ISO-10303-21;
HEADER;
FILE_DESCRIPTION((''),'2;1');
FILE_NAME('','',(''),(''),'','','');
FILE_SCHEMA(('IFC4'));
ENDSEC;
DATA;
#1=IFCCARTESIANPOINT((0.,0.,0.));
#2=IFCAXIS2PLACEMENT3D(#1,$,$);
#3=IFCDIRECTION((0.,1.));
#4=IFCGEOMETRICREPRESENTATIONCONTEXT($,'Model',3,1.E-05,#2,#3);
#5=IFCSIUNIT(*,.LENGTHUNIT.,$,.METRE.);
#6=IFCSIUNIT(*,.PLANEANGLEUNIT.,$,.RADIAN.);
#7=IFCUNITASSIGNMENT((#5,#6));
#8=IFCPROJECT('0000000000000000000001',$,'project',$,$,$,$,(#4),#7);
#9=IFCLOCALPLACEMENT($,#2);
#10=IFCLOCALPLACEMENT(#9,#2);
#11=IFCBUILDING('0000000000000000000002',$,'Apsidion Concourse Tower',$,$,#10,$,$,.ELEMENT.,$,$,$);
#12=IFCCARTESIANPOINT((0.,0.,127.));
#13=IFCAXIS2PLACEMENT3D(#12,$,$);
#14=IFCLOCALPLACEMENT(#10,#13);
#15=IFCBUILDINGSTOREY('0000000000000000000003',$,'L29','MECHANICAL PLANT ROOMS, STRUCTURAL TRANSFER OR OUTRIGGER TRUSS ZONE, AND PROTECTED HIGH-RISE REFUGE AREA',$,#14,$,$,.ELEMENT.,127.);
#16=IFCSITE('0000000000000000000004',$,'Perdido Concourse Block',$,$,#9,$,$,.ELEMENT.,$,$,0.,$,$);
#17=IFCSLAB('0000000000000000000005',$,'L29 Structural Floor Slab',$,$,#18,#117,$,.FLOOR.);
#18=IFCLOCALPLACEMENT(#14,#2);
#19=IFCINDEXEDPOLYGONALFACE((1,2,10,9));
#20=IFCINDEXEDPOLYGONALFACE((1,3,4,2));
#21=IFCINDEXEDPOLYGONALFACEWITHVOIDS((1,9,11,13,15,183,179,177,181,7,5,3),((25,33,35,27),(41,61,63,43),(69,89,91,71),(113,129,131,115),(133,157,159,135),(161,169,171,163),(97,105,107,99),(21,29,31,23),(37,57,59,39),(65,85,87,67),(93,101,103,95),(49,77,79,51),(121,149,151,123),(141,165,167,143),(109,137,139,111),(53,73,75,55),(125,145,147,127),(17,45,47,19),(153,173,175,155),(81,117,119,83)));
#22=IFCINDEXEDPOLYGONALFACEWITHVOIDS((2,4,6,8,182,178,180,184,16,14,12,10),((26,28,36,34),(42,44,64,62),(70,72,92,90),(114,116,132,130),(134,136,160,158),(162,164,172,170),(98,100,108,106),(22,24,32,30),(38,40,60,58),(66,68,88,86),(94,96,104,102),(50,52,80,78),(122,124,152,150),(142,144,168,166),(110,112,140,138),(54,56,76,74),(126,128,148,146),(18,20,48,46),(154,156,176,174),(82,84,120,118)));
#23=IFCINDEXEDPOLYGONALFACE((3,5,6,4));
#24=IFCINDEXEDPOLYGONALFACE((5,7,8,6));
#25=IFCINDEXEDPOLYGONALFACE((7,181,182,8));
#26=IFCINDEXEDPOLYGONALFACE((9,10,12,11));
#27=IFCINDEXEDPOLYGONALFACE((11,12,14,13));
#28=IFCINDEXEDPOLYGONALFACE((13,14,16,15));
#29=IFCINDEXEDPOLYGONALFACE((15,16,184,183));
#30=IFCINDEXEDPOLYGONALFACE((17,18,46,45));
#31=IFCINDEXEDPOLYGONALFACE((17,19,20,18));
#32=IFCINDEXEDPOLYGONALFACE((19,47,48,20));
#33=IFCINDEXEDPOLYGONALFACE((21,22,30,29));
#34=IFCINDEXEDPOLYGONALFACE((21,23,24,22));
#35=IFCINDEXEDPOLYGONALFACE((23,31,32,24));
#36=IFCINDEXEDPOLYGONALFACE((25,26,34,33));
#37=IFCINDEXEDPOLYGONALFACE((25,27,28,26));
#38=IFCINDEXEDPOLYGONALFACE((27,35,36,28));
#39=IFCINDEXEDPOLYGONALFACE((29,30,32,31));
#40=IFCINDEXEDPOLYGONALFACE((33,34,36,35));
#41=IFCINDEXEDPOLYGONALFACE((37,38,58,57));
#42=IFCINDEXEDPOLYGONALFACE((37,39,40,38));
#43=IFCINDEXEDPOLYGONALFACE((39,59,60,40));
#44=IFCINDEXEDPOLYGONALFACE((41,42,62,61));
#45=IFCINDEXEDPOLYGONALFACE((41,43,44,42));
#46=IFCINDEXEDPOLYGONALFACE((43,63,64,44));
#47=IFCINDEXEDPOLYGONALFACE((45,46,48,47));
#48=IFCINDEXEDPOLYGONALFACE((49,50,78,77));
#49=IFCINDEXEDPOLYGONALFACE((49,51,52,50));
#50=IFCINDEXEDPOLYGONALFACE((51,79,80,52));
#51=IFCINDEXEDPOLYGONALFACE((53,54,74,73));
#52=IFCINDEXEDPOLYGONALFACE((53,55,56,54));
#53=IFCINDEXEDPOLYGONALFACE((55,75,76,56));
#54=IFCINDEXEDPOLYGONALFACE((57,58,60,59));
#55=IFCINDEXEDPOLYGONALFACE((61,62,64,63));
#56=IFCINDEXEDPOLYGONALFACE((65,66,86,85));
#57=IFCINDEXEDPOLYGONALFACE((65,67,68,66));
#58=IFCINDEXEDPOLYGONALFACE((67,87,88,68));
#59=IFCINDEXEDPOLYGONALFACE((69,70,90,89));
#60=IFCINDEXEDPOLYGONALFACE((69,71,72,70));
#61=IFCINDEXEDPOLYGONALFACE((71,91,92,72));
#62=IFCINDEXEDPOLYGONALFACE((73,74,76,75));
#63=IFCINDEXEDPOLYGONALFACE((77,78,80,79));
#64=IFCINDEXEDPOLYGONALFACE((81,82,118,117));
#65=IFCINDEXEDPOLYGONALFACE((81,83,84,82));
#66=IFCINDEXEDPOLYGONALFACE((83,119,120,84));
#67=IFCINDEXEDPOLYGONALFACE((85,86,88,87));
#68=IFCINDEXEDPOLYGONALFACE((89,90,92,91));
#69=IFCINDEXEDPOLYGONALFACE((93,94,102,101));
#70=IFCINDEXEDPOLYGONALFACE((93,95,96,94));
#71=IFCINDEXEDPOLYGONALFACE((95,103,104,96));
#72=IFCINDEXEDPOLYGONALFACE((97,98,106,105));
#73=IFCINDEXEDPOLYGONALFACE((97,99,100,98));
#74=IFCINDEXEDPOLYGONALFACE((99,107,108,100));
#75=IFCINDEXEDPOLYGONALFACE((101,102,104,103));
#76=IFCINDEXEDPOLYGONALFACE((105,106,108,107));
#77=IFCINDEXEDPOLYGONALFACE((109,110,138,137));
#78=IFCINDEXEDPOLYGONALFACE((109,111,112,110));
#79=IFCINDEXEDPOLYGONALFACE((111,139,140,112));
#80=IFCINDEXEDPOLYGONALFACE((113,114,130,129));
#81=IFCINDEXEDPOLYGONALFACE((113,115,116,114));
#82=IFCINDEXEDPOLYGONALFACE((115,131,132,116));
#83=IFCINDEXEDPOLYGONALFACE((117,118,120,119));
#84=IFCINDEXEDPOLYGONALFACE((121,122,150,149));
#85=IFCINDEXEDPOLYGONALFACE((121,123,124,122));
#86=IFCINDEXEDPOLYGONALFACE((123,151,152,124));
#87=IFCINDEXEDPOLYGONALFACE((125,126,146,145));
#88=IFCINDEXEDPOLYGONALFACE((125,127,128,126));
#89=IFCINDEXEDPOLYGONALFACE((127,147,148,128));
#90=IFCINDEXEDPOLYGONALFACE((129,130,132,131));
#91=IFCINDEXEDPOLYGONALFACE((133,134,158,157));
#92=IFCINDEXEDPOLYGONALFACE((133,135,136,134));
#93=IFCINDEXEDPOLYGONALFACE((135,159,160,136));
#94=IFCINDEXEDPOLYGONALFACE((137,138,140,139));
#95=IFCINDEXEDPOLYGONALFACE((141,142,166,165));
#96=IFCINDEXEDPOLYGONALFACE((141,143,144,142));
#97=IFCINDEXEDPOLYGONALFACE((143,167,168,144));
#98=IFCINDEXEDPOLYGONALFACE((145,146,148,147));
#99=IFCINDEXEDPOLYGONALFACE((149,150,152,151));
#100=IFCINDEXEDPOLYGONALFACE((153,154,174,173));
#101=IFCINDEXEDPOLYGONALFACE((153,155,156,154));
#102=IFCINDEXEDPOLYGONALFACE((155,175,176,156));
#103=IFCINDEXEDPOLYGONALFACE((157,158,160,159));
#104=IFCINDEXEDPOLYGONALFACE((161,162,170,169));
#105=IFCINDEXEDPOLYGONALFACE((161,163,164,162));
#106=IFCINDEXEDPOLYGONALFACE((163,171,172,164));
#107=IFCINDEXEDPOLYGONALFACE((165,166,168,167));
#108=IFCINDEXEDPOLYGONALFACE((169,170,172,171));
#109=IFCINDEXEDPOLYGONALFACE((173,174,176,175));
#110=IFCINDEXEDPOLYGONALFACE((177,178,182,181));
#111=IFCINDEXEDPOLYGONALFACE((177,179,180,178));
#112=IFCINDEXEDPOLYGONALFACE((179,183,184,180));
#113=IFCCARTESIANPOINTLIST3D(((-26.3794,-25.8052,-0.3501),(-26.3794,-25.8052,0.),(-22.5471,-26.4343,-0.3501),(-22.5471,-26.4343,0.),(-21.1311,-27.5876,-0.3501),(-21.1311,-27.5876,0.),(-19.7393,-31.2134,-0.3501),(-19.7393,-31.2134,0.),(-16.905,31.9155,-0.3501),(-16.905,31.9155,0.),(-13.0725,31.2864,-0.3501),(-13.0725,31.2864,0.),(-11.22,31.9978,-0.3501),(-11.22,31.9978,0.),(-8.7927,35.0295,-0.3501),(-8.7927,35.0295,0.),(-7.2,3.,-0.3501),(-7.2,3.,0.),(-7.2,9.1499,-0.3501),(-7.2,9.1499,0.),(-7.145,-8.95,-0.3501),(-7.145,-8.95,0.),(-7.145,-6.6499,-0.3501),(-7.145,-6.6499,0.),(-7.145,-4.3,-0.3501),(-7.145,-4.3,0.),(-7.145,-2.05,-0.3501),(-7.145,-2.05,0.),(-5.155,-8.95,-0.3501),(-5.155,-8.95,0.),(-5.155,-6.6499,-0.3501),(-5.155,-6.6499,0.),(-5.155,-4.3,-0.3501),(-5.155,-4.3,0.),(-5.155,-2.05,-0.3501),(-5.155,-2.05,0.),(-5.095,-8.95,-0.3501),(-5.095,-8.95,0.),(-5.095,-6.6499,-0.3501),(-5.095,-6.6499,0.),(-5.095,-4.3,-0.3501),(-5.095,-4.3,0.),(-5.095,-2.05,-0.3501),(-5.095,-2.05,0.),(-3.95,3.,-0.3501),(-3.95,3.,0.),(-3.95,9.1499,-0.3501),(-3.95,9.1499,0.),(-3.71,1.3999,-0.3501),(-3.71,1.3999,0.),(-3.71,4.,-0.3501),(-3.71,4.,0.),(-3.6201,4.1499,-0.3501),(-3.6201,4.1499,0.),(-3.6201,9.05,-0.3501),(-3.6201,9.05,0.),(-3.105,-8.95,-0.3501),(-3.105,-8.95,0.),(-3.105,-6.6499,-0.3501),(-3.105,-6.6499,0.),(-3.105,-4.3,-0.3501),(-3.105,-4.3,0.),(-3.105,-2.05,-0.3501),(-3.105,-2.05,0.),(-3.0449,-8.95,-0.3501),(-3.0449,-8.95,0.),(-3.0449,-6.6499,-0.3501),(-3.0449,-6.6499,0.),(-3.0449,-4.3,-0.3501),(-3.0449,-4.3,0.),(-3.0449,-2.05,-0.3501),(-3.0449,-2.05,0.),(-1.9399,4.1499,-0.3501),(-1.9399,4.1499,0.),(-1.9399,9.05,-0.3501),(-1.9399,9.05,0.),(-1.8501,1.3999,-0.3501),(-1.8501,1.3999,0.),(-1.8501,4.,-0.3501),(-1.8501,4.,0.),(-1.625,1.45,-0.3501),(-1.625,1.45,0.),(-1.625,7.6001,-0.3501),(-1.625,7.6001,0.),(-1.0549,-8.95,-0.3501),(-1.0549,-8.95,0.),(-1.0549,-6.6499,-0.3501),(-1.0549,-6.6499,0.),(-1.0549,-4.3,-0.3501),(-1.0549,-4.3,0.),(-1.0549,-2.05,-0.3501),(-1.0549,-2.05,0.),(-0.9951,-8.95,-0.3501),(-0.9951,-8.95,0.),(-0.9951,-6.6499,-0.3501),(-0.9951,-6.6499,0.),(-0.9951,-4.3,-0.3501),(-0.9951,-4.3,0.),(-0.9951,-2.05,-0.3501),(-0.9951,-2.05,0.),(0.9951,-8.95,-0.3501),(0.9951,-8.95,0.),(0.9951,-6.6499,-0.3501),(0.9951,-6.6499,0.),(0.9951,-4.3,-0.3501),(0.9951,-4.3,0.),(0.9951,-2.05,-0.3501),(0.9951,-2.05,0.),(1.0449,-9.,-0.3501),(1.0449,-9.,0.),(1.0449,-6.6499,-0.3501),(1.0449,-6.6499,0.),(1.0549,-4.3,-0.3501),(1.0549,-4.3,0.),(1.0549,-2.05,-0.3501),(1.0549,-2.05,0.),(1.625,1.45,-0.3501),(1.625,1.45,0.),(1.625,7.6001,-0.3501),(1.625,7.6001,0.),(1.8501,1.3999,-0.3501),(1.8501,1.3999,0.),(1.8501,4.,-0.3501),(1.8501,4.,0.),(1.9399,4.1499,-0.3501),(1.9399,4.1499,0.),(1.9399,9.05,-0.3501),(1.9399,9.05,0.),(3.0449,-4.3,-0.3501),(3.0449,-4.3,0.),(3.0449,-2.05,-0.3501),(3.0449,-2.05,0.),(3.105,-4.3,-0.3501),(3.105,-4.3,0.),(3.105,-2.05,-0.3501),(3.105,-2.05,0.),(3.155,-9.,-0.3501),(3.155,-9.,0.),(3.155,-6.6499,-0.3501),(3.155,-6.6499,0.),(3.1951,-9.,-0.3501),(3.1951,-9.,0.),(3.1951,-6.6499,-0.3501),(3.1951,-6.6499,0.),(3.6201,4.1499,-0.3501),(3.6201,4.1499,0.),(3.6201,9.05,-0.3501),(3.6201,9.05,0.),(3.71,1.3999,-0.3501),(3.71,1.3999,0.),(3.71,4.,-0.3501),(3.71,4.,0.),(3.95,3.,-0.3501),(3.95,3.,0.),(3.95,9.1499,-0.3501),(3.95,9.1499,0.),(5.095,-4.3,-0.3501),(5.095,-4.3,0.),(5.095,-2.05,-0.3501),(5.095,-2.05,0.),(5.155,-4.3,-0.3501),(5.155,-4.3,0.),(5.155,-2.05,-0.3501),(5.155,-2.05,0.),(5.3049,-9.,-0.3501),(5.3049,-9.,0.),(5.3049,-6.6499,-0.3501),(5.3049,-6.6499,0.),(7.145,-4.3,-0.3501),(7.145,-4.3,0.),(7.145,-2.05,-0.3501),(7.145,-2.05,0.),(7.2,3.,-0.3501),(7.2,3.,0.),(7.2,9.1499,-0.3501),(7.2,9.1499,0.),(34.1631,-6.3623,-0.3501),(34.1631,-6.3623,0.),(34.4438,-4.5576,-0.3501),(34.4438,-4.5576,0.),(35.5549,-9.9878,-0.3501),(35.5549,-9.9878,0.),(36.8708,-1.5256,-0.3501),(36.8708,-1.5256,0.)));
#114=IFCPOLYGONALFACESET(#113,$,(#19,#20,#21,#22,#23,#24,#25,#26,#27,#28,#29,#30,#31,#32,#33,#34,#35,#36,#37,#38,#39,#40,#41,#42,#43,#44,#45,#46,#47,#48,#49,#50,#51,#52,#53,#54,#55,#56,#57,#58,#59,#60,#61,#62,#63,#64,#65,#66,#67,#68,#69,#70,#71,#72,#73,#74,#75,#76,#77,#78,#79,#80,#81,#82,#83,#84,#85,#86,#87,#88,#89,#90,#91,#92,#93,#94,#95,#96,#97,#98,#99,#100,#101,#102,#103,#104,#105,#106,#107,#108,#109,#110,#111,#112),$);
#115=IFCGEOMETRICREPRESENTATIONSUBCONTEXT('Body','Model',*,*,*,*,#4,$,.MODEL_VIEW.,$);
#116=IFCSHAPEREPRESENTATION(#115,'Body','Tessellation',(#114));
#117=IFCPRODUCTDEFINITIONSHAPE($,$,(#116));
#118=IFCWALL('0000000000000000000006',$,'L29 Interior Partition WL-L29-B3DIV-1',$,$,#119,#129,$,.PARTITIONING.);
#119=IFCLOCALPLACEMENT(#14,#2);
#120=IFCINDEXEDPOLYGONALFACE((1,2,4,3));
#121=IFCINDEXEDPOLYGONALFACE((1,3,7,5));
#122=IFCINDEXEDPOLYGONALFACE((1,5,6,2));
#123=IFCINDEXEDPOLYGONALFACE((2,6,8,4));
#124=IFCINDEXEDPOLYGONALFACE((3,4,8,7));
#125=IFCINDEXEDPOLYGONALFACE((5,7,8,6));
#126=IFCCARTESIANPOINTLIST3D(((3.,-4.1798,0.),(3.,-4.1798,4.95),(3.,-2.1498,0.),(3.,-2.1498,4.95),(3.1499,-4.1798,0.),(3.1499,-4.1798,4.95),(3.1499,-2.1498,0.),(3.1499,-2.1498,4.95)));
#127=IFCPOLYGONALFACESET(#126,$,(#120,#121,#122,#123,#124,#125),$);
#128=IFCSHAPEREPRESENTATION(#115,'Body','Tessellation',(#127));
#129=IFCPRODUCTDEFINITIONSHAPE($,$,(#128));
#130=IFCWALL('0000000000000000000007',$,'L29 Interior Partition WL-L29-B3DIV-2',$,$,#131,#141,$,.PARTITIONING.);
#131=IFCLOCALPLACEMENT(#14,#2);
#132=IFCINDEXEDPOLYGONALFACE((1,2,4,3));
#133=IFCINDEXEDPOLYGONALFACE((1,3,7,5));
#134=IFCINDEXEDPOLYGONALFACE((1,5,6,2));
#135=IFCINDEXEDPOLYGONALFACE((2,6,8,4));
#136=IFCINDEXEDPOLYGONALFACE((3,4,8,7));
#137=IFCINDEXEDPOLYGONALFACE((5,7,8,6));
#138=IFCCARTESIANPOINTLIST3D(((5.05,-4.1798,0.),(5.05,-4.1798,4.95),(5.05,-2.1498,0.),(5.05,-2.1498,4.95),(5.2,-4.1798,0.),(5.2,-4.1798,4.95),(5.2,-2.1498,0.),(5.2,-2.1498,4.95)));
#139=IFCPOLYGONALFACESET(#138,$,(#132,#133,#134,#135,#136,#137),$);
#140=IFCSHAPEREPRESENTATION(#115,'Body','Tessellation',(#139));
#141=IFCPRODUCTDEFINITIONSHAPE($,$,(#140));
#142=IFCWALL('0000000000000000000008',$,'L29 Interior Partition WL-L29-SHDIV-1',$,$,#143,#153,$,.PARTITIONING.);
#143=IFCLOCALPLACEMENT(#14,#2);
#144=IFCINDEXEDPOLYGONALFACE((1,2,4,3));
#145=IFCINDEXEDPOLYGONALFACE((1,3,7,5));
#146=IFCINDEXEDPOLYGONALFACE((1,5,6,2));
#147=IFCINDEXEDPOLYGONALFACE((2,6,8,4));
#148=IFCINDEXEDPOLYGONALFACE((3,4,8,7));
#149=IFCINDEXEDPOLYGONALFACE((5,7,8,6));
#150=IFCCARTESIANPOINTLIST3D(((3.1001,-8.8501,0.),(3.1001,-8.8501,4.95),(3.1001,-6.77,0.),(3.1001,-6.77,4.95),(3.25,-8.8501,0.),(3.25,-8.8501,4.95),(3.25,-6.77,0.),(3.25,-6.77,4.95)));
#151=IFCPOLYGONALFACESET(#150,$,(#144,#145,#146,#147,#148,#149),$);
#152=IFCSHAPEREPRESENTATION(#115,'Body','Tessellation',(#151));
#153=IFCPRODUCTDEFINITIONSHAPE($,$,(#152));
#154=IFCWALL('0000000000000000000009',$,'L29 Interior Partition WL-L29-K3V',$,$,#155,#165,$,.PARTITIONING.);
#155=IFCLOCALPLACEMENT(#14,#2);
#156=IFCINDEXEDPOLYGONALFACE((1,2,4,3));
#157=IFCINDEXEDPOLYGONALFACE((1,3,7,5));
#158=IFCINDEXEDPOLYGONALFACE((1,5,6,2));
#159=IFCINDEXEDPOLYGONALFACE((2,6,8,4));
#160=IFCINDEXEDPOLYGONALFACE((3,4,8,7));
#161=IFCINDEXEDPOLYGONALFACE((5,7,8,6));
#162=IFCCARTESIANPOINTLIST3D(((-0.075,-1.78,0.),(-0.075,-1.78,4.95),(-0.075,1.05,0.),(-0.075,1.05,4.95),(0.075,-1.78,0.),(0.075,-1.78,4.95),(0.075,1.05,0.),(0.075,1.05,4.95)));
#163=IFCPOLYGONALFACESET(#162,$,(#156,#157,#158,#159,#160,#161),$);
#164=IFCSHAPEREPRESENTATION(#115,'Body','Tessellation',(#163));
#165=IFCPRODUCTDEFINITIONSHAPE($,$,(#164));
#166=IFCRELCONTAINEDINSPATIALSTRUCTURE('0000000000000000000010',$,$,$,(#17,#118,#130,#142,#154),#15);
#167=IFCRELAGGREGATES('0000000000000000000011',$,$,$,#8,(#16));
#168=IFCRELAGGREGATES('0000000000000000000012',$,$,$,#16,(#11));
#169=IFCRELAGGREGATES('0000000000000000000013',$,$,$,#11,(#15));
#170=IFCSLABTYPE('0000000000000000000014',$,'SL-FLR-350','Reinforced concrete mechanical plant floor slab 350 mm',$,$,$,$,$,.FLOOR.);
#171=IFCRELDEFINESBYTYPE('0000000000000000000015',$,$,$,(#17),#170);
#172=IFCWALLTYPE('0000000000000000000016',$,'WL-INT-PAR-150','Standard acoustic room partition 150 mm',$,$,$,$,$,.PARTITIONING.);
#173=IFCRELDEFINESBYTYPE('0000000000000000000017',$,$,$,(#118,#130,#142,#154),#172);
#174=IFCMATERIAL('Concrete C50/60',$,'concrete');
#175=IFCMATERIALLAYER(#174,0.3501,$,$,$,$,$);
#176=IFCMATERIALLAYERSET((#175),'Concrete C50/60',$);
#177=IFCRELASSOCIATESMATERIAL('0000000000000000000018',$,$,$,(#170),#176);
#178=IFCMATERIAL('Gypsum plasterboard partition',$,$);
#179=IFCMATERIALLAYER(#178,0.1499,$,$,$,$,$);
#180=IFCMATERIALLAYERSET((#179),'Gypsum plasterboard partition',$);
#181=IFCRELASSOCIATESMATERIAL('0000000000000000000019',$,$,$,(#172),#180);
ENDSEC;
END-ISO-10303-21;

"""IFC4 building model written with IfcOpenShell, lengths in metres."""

from ifc_helpers import new_model, si_unit, direction, frame, frame_2d, origin, place, context, subcontext, project, spatial, polyline, rectangle, outline, extrude, material, layer, layer_set, type_object, element, save


model = new_model("IFC4")

# Units and contexts
model_context = context("Model", 3, precision=1e-05, world=origin(), true_north=direction((0.0, 1.0)))
body_context = subcontext(model_context, "Body", "Model", "MODEL_VIEW")
ifc_project = project(units=[si_unit("LENGTHUNIT", "METRE"), si_unit("PLANEANGLEUNIT", "RADIAN")], contexts=[model_context])

# Site, building, storey
site_placement = place(None, origin())
site = spatial("IfcSite", under=ifc_project, at=site_placement, Name="Perdido Concourse Block", CompositionType="ELEMENT", RefElevation=0.0)
building_placement = place(site_placement, origin())
building = spatial("IfcBuilding", under=site, at=building_placement, Name="Apsidion Concourse Tower", CompositionType="ELEMENT")
storey_placement = place(building_placement, frame((0.0, 0.0, 127.0)))
storey = spatial("IfcBuildingStorey", under=building, at=storey_placement, Name="L29", Description="MECHANICAL PLANT ROOMS, STRUCTURAL TRANSFER OR OUTRIGGER TRUSS ZONE, AND PROTECTED HIGH-RISE REFUGE AREA", CompositionType="ELEMENT", Elevation=127.0)

# Shared definitions
ifc_material_1 = material(Name="Concrete C50/60", Category="concrete")

# Slab
ifc_layer_1 = layer(ifc_material_1, 0.3501)
ifc_layer_set_1 = layer_set([ifc_layer_1], Name="Concrete C50/60")
slab_type = type_object("IfcSlabType", Name="SL-FLR-350", Description="Reinforced concrete mechanical plant floor slab 350 mm", PredefinedType="FLOOR", material=ifc_layer_set_1)
slab_placement = place(storey_placement, frame((0.0, 0.0, -0.3501)))
element("IfcSlab", 1, at=slab_placement, inside=storey, type_object=slab_type, Name="L29 Structural Floor Slab", PredefinedType="FLOOR", context=body_context, shape_type="SweptSolid", body=[
    extrude(outline(polyline([(-8.7927, 35.0295), (-11.22, 31.9978), (-13.0725, 31.2864), (-16.905, 31.9155), (-26.3794, -25.8052), (-22.5471, -26.4343), (-21.1311, -27.5876), (-19.7393, -31.2134), (35.5549, -9.9878), (34.1631, -6.3623), (34.4438, -4.5576), (36.8708, -1.5256), (-8.7927, 35.0295)]), holes=[polyline([(-3.95, 3.0), (-3.95, 9.1499), (-7.2, 9.1499), (-7.2, 3.0), (-3.95, 3.0)]), polyline([(7.2, 3.0), (7.2, 9.1499), (3.95, 9.1499), (3.95, 3.0), (7.2, 3.0)]), polyline([(-1.625, 7.6001), (-1.625, 1.45), (1.625, 1.45), (1.625, 7.6001), (-1.625, 7.6001)]), polyline([(-7.145, -4.3), (-5.155, -4.3), (-5.155, -2.05), (-7.145, -2.05), (-7.145, -4.3)]), polyline([(-5.095, -4.3), (-3.105, -4.3), (-3.105, -2.05), (-5.095, -2.05), (-5.095, -4.3)]), polyline([(-3.0449, -4.3), (-1.0549, -4.3), (-1.0549, -2.05), (-3.0449, -2.05), (-3.0449, -4.3)]), polyline([(-0.9951, -4.3), (0.9951, -4.3), (0.9951, -2.05), (-0.9951, -2.05), (-0.9951, -4.3)]), polyline([(1.0549, -4.3), (3.0449, -4.3), (3.0449, -2.05), (1.0549, -2.05), (1.0549, -4.3)]), polyline([(3.105, -4.3), (5.095, -4.3), (5.095, -2.05), (3.105, -2.05), (3.105, -4.3)]), polyline([(5.155, -4.3), (7.145, -4.3), (7.145, -2.05), (5.155, -2.05), (5.155, -4.3)]), polyline([(-7.145, -8.95), (-5.155, -8.95), (-5.155, -6.6499), (-7.145, -6.6499), (-7.145, -8.95)]), polyline([(-5.095, -8.95), (-3.105, -8.95), (-3.105, -6.6499), (-5.095, -6.6499), (-5.095, -8.95)]), polyline([(-3.0449, -8.95), (-1.0549, -8.95), (-1.0549, -6.6499), (-3.0449, -6.6499), (-3.0449, -8.95)]), polyline([(-0.9951, -8.95), (0.9951, -8.95), (0.9951, -6.6499), (-0.9951, -6.6499), (-0.9951, -8.95)]), polyline([(1.0449, -9.0), (3.155, -9.0), (3.155, -6.6499), (1.0449, -6.6499), (1.0449, -9.0)]), polyline([(3.1951, -9.0), (5.3049, -9.0), (5.3049, -6.6499), (3.1951, -6.6499), (3.1951, -9.0)]), polyline([(-3.71, 1.3999), (-1.8501, 1.3999), (-1.8501, 4.0), (-3.71, 4.0), (-3.71, 1.3999)]), polyline([(1.8501, 1.3999), (3.71, 1.3999), (3.71, 4.0), (1.8501, 4.0), (1.8501, 1.3999)]), polyline([(-3.6201, 4.1499), (-1.9399, 4.1499), (-1.9399, 9.05), (-3.6201, 9.05), (-3.6201, 4.1499)]), polyline([(1.9399, 4.1499), (3.6201, 4.1499), (3.6201, 9.05), (1.9399, 9.05), (1.9399, 4.1499)])]), origin(), (0.0, 0.0, 1.0), 0.3501),
])

# Walls
ifc_material_2 = material(Name="Gypsum plasterboard partition")
ifc_layer_2 = layer(ifc_material_2, 0.1499)
ifc_layer_set_2 = layer_set([ifc_layer_2], Name="Gypsum plasterboard partition")
wall_type_1 = type_object("IfcWallType", Name="WL-INT-PAR-150", Description="Standard acoustic room partition 150 mm", PredefinedType="PARTITIONING", material=ifc_layer_set_2)
for number, where, z_axis, x_axis, name in (
    (2, (3.075, -4.1799, 0.0), (0.0, 0.0, 1.0), (0.0, 1.0, 0.0), "L29 Interior Partition WL-L29-B3DIV-1"),
    (3, (5.125, -4.1799, 0.0), (0.0, 0.0, 1.0), (0.0, 1.0, 0.0), "L29 Interior Partition WL-L29-B3DIV-2"),
):
    element("IfcWall", number, at=place(storey_placement, frame(where, z_axis=z_axis, x_axis=x_axis)), inside=storey, type_object=wall_type_1, Name=name, PredefinedType="PARTITIONING", context=body_context, shape_type="SweptSolid", body=[
        extrude(rectangle(XDim=2.03, YDim=0.1499, at=frame_2d((1.0151, 0.0))), origin(), (0.0, 0.0, 1.0), 4.95),
    ])
wall_1_placement = place(storey_placement, frame((3.175, -8.8501, 0.0), z_axis=(0.0, 0.0, 1.0), x_axis=(0.0, 1.0, 0.0)))
element("IfcWall", 4, at=wall_1_placement, inside=storey, type_object=wall_type_1, Name="L29 Interior Partition WL-L29-SHDIV-1", PredefinedType="PARTITIONING", context=body_context, shape_type="SweptSolid", body=[
    extrude(rectangle(XDim=2.0801, YDim=0.1499, at=frame_2d((1.04, 0.0))), origin(), (0.0, 0.0, 1.0), 4.95),
])
wall_2_placement = place(storey_placement, frame((0.0, -1.78, 0.0), z_axis=(0.0, 0.0, 1.0), x_axis=(0.0, 1.0, 0.0)))
element("IfcWall", 5, at=wall_2_placement, inside=storey, type_object=wall_type_1, Name="L29 Interior Partition WL-L29-K3V", PredefinedType="PARTITIONING", context=body_context, shape_type="SweptSolid", body=[
    extrude(rectangle(XDim=2.8301, YDim=0.1499, at=frame_2d((1.415, 0.0))), origin(), (0.0, 0.0, 1.0), 4.95),
])

save(model, "model.ifc")
